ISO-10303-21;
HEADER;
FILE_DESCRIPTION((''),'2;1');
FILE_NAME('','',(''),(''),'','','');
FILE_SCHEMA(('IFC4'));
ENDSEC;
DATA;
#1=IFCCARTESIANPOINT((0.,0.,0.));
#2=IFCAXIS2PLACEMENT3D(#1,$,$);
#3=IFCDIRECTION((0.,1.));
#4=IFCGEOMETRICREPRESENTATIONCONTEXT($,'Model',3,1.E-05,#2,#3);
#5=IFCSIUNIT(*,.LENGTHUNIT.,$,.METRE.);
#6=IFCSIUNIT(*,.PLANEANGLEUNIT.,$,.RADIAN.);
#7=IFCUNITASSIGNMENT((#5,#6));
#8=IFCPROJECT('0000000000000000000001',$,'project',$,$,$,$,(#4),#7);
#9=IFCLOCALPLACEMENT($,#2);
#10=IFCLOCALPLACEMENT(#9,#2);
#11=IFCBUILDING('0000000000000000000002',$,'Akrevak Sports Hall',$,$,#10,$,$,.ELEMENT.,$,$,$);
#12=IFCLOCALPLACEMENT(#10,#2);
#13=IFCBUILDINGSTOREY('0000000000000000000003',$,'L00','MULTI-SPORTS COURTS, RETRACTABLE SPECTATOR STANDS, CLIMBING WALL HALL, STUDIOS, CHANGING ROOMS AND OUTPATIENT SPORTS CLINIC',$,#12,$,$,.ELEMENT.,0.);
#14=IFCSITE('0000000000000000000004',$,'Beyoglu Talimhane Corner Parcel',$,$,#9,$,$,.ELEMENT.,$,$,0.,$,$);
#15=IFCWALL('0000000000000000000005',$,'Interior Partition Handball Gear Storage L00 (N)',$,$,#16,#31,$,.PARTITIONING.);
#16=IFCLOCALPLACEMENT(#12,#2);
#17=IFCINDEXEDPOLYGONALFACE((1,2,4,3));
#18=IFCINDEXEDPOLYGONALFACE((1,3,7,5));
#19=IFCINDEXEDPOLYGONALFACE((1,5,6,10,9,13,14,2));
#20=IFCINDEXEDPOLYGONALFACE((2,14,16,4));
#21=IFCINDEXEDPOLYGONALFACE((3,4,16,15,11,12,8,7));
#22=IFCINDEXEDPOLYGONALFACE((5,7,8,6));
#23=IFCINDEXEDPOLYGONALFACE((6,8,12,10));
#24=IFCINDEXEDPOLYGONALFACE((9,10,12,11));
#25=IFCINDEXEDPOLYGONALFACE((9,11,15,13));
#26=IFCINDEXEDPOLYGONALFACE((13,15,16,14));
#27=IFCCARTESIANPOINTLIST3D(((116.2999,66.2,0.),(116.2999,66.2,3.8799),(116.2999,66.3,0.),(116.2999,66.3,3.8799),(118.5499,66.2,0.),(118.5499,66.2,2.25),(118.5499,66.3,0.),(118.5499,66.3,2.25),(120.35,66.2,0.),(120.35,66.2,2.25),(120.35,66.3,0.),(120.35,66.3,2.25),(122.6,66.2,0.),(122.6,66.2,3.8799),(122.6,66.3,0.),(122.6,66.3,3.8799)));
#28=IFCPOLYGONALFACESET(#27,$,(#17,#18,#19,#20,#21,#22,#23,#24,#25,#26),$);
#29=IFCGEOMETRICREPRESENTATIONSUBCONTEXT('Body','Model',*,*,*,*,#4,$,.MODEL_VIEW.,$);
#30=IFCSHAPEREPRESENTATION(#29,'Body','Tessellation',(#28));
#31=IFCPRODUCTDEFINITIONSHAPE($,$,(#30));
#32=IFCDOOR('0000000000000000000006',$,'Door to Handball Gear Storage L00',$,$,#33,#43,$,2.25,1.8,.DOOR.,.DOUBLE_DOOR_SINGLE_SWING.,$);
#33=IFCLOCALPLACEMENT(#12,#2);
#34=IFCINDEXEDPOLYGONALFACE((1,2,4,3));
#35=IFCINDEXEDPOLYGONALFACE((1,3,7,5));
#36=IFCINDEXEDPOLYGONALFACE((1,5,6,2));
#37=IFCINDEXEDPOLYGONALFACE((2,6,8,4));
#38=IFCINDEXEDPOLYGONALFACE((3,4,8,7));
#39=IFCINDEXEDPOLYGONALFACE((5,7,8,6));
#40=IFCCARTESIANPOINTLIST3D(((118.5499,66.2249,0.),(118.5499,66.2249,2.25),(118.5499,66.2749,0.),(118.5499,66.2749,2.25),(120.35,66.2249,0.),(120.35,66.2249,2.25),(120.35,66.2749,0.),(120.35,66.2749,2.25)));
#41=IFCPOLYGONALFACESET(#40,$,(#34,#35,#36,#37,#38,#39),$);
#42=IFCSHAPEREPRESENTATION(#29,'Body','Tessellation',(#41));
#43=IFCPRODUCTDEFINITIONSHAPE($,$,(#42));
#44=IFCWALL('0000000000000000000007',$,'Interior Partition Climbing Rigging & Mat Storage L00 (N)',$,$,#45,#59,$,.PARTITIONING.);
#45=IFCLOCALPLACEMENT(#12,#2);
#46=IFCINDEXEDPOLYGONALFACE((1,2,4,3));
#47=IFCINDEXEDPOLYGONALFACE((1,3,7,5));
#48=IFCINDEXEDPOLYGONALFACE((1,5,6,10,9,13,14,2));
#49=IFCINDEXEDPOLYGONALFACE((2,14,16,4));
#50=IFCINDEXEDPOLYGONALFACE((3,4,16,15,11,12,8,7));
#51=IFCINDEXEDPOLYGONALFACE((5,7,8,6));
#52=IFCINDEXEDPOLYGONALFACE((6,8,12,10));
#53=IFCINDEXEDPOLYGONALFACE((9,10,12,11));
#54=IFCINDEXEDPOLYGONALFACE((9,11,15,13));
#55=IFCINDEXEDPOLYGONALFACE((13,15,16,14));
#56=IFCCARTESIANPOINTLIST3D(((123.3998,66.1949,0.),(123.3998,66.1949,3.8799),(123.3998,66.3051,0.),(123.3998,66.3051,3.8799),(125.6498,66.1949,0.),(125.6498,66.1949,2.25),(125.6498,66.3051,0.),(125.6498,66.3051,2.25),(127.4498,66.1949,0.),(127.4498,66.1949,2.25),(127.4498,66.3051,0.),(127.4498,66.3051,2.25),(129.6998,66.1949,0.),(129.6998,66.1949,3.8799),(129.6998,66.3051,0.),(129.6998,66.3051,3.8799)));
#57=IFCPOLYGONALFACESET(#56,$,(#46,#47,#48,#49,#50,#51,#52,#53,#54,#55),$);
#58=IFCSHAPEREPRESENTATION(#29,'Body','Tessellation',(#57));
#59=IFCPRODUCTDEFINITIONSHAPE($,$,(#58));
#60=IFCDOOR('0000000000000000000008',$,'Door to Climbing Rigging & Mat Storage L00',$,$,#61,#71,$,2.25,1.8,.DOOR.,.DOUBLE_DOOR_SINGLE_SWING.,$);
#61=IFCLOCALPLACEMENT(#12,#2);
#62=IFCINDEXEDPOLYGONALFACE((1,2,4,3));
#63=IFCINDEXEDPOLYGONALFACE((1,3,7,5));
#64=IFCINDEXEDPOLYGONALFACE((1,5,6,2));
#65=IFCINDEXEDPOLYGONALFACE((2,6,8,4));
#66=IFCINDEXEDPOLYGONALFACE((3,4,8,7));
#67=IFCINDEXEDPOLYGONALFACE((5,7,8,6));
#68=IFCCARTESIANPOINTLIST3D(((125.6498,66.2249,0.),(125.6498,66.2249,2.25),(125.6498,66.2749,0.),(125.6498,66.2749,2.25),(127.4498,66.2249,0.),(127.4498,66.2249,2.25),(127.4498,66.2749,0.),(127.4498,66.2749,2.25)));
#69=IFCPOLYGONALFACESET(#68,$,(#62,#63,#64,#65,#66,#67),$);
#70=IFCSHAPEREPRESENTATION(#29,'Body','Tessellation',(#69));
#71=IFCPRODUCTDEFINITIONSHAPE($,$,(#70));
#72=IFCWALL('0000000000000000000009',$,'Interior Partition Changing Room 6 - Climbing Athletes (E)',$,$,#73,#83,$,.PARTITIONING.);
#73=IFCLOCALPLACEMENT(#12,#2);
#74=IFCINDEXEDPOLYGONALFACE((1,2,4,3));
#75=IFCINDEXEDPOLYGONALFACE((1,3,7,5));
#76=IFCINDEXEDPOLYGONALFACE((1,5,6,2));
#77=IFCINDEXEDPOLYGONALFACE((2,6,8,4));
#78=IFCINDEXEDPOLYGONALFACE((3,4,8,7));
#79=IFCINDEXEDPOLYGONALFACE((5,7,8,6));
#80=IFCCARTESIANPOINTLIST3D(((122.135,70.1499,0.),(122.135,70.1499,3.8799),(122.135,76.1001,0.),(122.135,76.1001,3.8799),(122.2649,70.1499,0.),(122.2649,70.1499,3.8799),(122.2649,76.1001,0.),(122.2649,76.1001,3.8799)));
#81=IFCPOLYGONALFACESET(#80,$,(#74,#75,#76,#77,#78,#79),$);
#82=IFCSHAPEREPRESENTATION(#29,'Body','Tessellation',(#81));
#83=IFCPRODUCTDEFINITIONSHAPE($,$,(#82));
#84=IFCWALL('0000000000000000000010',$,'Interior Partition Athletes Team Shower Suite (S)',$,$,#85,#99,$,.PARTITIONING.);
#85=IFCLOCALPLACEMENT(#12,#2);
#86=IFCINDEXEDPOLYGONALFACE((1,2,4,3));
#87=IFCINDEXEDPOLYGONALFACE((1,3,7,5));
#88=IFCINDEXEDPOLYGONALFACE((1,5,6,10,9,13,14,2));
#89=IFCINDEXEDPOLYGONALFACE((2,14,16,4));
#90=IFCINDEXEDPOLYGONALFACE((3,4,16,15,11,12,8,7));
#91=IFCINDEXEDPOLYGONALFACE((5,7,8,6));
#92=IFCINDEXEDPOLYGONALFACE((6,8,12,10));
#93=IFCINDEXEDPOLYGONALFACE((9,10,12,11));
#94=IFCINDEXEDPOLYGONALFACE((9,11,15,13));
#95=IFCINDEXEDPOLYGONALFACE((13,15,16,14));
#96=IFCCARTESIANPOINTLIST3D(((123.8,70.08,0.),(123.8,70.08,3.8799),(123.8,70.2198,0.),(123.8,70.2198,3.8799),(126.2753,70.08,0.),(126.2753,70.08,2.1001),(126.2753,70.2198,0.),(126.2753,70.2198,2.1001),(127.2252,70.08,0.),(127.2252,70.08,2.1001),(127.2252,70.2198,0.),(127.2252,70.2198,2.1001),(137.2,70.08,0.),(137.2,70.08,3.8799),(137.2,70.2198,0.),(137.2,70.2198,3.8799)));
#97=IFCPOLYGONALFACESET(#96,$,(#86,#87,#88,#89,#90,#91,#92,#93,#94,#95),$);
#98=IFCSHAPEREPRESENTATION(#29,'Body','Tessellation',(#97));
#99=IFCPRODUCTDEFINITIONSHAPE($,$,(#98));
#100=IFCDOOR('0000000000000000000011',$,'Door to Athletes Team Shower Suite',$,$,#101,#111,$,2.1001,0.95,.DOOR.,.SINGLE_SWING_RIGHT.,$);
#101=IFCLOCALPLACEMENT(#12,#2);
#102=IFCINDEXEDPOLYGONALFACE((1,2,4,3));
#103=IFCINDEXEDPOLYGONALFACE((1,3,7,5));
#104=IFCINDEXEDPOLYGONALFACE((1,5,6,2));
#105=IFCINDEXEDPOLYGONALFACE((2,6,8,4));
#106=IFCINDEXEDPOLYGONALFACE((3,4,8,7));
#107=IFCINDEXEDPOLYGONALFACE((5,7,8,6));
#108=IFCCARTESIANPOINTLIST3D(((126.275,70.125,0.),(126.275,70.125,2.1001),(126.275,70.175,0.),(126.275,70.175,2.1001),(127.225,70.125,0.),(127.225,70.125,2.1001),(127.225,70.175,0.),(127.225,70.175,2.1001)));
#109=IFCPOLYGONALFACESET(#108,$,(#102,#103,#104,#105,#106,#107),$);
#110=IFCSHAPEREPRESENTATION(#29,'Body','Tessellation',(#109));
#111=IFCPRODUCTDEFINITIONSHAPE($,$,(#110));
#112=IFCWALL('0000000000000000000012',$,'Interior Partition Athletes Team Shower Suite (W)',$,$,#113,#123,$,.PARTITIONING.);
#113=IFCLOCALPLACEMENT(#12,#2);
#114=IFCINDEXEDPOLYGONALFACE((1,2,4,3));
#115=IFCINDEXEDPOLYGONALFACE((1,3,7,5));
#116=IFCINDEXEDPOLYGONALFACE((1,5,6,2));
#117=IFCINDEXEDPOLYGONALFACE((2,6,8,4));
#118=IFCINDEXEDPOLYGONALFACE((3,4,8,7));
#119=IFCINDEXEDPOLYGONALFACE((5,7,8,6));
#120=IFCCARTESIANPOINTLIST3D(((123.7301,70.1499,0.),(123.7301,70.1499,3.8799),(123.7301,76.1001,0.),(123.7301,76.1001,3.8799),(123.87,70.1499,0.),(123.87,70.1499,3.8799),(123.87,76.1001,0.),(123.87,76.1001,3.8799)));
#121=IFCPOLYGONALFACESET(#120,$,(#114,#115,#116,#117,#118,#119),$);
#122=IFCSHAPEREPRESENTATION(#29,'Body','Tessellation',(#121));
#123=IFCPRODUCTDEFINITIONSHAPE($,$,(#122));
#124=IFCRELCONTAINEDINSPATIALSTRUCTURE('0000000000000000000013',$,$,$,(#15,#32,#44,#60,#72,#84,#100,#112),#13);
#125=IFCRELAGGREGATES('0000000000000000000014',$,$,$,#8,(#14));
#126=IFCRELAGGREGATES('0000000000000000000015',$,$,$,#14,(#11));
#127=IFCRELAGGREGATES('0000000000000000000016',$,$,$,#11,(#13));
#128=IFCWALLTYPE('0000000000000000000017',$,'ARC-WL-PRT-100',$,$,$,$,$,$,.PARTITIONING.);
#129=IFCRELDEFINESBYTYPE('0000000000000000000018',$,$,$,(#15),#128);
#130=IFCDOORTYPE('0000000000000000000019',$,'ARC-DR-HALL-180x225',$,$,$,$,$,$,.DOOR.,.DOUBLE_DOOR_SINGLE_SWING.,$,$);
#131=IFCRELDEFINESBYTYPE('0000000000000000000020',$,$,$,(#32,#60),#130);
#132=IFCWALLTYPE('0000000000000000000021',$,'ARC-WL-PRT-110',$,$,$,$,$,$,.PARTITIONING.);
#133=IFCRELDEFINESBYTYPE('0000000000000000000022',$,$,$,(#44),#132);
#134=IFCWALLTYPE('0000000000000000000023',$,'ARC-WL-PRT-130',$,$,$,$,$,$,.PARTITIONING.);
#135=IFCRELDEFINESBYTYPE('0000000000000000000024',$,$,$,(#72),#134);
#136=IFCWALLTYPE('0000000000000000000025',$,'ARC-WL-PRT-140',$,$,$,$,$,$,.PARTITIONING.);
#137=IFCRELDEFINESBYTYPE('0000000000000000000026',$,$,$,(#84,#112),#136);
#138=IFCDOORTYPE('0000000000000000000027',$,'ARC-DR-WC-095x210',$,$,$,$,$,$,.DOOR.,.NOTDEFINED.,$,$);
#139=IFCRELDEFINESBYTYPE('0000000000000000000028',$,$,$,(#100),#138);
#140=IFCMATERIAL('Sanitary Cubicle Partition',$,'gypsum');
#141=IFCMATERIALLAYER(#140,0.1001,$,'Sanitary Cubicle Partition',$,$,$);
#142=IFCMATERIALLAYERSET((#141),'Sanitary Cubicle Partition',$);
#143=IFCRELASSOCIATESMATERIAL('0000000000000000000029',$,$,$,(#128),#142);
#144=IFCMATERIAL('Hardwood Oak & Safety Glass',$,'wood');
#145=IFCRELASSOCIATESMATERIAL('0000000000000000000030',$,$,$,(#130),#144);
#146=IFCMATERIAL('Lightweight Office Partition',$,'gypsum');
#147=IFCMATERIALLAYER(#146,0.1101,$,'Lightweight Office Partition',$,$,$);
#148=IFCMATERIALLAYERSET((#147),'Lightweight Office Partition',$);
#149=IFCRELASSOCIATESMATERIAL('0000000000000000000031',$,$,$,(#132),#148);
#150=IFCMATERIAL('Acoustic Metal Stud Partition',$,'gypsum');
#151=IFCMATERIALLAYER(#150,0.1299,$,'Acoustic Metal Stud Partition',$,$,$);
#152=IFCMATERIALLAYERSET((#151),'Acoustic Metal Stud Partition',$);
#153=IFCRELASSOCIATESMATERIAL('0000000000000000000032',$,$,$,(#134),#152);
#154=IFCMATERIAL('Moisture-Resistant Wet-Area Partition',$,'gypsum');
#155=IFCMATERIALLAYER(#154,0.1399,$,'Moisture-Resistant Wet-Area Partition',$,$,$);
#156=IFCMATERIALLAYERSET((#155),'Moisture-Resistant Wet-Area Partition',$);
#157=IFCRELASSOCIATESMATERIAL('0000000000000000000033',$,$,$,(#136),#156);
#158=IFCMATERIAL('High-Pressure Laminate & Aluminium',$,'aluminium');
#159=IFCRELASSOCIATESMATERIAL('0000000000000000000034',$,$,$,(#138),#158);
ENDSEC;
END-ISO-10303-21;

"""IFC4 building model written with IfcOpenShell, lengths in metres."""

from ifc_helpers import new_model, si_unit, direction, frame, frame_2d, origin, place, context, subcontext, project, spatial, rectangle, extrude, material, layer, layer_set, type_object, element, fill, save


model = new_model("IFC4")

# Units and contexts
model_context = context("Model", 3, precision=1e-05, world=origin(), true_north=direction((0.0, 1.0)))
body_context = subcontext(model_context, "Body", "Model", "MODEL_VIEW")
ifc_project = project(units=[si_unit("LENGTHUNIT", "METRE"), si_unit("PLANEANGLEUNIT", "RADIAN")], contexts=[model_context])

# Site, building, storey
site_placement = place(None, origin())
site = spatial("IfcSite", under=ifc_project, at=site_placement, Name="Beyoglu Talimhane Corner Parcel", CompositionType="ELEMENT", RefElevation=0.0)
building_placement = place(site_placement, origin())
building = spatial("IfcBuilding", under=site, at=building_placement, Name="Akrevak Sports Hall", CompositionType="ELEMENT")
storey_placement = place(building_placement, origin())
storey = spatial("IfcBuildingStorey", under=building, at=storey_placement, Name="L00", Description="MULTI-SPORTS COURTS, RETRACTABLE SPECTATOR STANDS, CLIMBING WALL HALL, STUDIOS, CHANGING ROOMS AND OUTPATIENT SPORTS CLINIC", CompositionType="ELEMENT", Elevation=0.0)

# Walls, openings, doors
ifc_material_1 = material(Name="Sanitary Cubicle Partition", Category="gypsum")
ifc_layer_1 = layer(ifc_material_1, 0.1001, Name="Sanitary Cubicle Partition")
ifc_layer_set_1 = layer_set([ifc_layer_1], Name="Sanitary Cubicle Partition")
wall_type_1 = type_object("IfcWallType", Name="ARC-WL-PRT-100", PredefinedType="PARTITIONING", material=ifc_layer_set_1)
wall_1_placement = place(storey_placement, frame((116.3, 66.25, 0.0), z_axis=(0.0, 0.0, 1.0), x_axis=(1.0, 0.0, 0.0)))
wall_1 = element("IfcWall", 1, at=wall_1_placement, inside=storey, type_object=wall_type_1, Name="Interior Partition Handball Gear Storage L00 (N)", PredefinedType="PARTITIONING", context=body_context, shape_type="SweptSolid", body=[
    extrude(rectangle(XDim=6.3, YDim=0.1001, at=frame_2d((3.1499, 0.0))), origin(), (0.0, 0.0, 1.0), 3.8799),
])
opening_1_placement = place(wall_1_placement, frame((2.25, 0.0, 0.0)))
opening_1 = element("IfcOpeningElement", 2, at=opening_1_placement, cuts=wall_1, PredefinedType="OPENING", context=body_context, shape_type="SweptSolid", body=[
    extrude(rectangle(XDim=1.8, YDim=2.25, at=frame_2d((0.8999, 1.125))), frame((0.0, 0.062, 0.0), z_axis=(0.0, -1.0, 0.0), x_axis=(1.0, 0.0, 0.0)), (0.0, 0.0, 1.0), 0.124),
])
ifc_material_2 = material(Name="Hardwood Oak & Safety Glass", Category="wood")
door_type_1 = type_object("IfcDoorType", Name="ARC-DR-HALL-180x225", OperationType="DOUBLE_DOOR_SINGLE_SWING", PredefinedType="DOOR", material=ifc_material_2)
door_1_placement = place(opening_1_placement, origin())
door_1 = element("IfcDoor", 3, at=door_1_placement, inside=storey, type_object=door_type_1, Name="Door to Handball Gear Storage L00", OperationType="DOUBLE_DOOR_SINGLE_SWING", OverallHeight=2.25, OverallWidth=1.8, PredefinedType="DOOR", context=body_context, shape_type="SweptSolid", body=[
    extrude(rectangle(XDim=1.8, YDim=2.25, at=frame_2d((0.8999, 1.125))), frame((0.0, 0.0249, 0.0), z_axis=(0.0, -1.0, 0.0), x_axis=(1.0, 0.0, 0.0)), (0.0, 0.0, 1.0), 0.05),
])
fill(opening_1, door_1)
ifc_material_3 = material(Name="Lightweight Office Partition", Category="gypsum")
ifc_layer_2 = layer(ifc_material_3, 0.1101, Name="Lightweight Office Partition")
ifc_layer_set_2 = layer_set([ifc_layer_2], Name="Lightweight Office Partition")
wall_type_2 = type_object("IfcWallType", Name="ARC-WL-PRT-110", PredefinedType="PARTITIONING", material=ifc_layer_set_2)
wall_2_placement = place(storey_placement, frame((123.3999, 66.25, 0.0), z_axis=(0.0, 0.0, 1.0), x_axis=(1.0, 0.0, 0.0)))
wall_2 = element("IfcWall", 4, at=wall_2_placement, inside=storey, type_object=wall_type_2, Name="Interior Partition Climbing Rigging & Mat Storage L00 (N)", PredefinedType="PARTITIONING", context=body_context, shape_type="SweptSolid", body=[
    extrude(rectangle(XDim=6.3, YDim=0.1101, at=frame_2d((3.1499, 0.0))), origin(), (0.0, 0.0, 1.0), 3.8799),
])
opening_2_placement = place(wall_2_placement, frame((2.25, 0.0, 0.0)))
opening_2 = element("IfcOpeningElement", 5, at=opening_2_placement, cuts=wall_2, PredefinedType="OPENING", context=body_context, shape_type="SweptSolid", body=[
    extrude(rectangle(XDim=1.8, YDim=2.25, at=frame_2d((0.8999, 1.125))), frame((0.0, 0.0669, 0.0), z_axis=(0.0, -1.0, 0.0), x_axis=(1.0, 0.0, 0.0)), (0.0, 0.0, 1.0), 0.134),
])
door_2_placement = place(opening_2_placement, origin())
door_2 = element("IfcDoor", 6, at=door_2_placement, inside=storey, type_object=door_type_1, Name="Door to Climbing Rigging & Mat Storage L00", OperationType="DOUBLE_DOOR_SINGLE_SWING", OverallHeight=2.25, OverallWidth=1.8, PredefinedType="DOOR", context=body_context, shape_type="SweptSolid", body=[
    extrude(rectangle(XDim=1.8, YDim=2.25, at=frame_2d((0.8999, 1.125))), frame((0.0, 0.0249, 0.0), z_axis=(0.0, -1.0, 0.0), x_axis=(1.0, 0.0, 0.0)), (0.0, 0.0, 1.0), 0.05),
])
fill(opening_2, door_2)

# Wall
ifc_material_4 = material(Name="Acoustic Metal Stud Partition", Category="gypsum")
ifc_layer_3 = layer(ifc_material_4, 0.1299, Name="Acoustic Metal Stud Partition")
ifc_layer_set_3 = layer_set([ifc_layer_3], Name="Acoustic Metal Stud Partition")
wall_type_3 = type_object("IfcWallType", Name="ARC-WL-PRT-130", PredefinedType="PARTITIONING", material=ifc_layer_set_3)
wall_3_placement = place(storey_placement, frame((122.2, 70.1499, 0.0), z_axis=(0.0, 0.0, 1.0), x_axis=(0.0, 1.0, 0.0)))
element("IfcWall", 7, at=wall_3_placement, inside=storey, type_object=wall_type_3, Name="Interior Partition Changing Room 6 - Climbing Athletes (E)", PredefinedType="PARTITIONING", context=body_context, shape_type="SweptSolid", body=[
    extrude(rectangle(XDim=5.9502, YDim=0.1299, at=frame_2d((2.9751, 0.0))), origin(), (0.0, 0.0, 1.0), 3.8799),
])

# Wall, opening, door
ifc_material_5 = material(Name="Moisture-Resistant Wet-Area Partition", Category="gypsum")
ifc_layer_4 = layer(ifc_material_5, 0.1399, Name="Moisture-Resistant Wet-Area Partition")
ifc_layer_set_4 = layer_set([ifc_layer_4], Name="Moisture-Resistant Wet-Area Partition")
wall_type_4 = type_object("IfcWallType", Name="ARC-WL-PRT-140", PredefinedType="PARTITIONING", material=ifc_layer_set_4)
wall_4_placement = place(storey_placement, frame((123.8, 70.1499, 0.0), z_axis=(0.0, 0.0, 1.0), x_axis=(1.0, 0.0, 0.0)))
wall_4 = element("IfcWall", 8, at=wall_4_placement, inside=storey, type_object=wall_type_4, Name="Interior Partition Athletes Team Shower Suite (S)", PredefinedType="PARTITIONING", context=body_context, shape_type="SweptSolid", body=[
    extrude(rectangle(XDim=13.3999, YDim=0.1399, at=frame_2d((6.7, 0.0))), origin(), (0.0, 0.0, 1.0), 3.8799),
])
opening_3_placement = place(wall_4_placement, frame((2.4751, 0.0, 0.0)))
opening_3 = element("IfcOpeningElement", 9, at=opening_3_placement, cuts=wall_4, PredefinedType="OPENING", context=body_context, shape_type="SweptSolid", body=[
    extrude(rectangle(XDim=0.95, YDim=2.1001, at=frame_2d((0.4751, 1.05))), frame((0.0, 0.082, 0.0), z_axis=(0.0, -1.0, 0.0), x_axis=(1.0, 0.0, 0.0)), (0.0, 0.0, 1.0), 0.1638),
])
ifc_material_6 = material(Name="High-Pressure Laminate & Aluminium", Category="aluminium")
door_type_2 = type_object("IfcDoorType", Name="ARC-DR-WC-095x210", OperationType="NOTDEFINED", PredefinedType="DOOR", material=ifc_material_6)
door_3_placement = place(opening_3_placement, frame((0.95, 0.0, 0.0), z_axis=(0.0, 0.0, 1.0), x_axis=(-1.0, 0.0, 0.0)))
door_3 = element("IfcDoor", 10, at=door_3_placement, inside=storey, type_object=door_type_2, Name="Door to Athletes Team Shower Suite", OperationType="SINGLE_SWING_RIGHT", OverallHeight=2.1001, OverallWidth=0.95, PredefinedType="DOOR", context=body_context, shape_type="SweptSolid", body=[
    extrude(rectangle(XDim=0.95, YDim=2.1001, at=frame_2d((0.4751, 1.05))), frame((0.0, 0.0249, 0.0), z_axis=(0.0, -1.0, 0.0), x_axis=(1.0, 0.0, 0.0)), (0.0, 0.0, 1.0), 0.05),
])
fill(opening_3, door_3)

# Wall
wall_5_placement = place(storey_placement, frame((123.8, 70.1499, 0.0), z_axis=(0.0, 0.0, 1.0), x_axis=(0.0, 1.0, 0.0)))
element("IfcWall", 11, at=wall_5_placement, inside=storey, type_object=wall_type_4, Name="Interior Partition Athletes Team Shower Suite (W)", PredefinedType="PARTITIONING", context=body_context, shape_type="SweptSolid", body=[
    extrude(rectangle(XDim=5.9502, YDim=0.1399, at=frame_2d((2.9751, 0.0))), origin(), (0.0, 0.0, 1.0), 3.8799),
])

save(model, "model.ifc")
